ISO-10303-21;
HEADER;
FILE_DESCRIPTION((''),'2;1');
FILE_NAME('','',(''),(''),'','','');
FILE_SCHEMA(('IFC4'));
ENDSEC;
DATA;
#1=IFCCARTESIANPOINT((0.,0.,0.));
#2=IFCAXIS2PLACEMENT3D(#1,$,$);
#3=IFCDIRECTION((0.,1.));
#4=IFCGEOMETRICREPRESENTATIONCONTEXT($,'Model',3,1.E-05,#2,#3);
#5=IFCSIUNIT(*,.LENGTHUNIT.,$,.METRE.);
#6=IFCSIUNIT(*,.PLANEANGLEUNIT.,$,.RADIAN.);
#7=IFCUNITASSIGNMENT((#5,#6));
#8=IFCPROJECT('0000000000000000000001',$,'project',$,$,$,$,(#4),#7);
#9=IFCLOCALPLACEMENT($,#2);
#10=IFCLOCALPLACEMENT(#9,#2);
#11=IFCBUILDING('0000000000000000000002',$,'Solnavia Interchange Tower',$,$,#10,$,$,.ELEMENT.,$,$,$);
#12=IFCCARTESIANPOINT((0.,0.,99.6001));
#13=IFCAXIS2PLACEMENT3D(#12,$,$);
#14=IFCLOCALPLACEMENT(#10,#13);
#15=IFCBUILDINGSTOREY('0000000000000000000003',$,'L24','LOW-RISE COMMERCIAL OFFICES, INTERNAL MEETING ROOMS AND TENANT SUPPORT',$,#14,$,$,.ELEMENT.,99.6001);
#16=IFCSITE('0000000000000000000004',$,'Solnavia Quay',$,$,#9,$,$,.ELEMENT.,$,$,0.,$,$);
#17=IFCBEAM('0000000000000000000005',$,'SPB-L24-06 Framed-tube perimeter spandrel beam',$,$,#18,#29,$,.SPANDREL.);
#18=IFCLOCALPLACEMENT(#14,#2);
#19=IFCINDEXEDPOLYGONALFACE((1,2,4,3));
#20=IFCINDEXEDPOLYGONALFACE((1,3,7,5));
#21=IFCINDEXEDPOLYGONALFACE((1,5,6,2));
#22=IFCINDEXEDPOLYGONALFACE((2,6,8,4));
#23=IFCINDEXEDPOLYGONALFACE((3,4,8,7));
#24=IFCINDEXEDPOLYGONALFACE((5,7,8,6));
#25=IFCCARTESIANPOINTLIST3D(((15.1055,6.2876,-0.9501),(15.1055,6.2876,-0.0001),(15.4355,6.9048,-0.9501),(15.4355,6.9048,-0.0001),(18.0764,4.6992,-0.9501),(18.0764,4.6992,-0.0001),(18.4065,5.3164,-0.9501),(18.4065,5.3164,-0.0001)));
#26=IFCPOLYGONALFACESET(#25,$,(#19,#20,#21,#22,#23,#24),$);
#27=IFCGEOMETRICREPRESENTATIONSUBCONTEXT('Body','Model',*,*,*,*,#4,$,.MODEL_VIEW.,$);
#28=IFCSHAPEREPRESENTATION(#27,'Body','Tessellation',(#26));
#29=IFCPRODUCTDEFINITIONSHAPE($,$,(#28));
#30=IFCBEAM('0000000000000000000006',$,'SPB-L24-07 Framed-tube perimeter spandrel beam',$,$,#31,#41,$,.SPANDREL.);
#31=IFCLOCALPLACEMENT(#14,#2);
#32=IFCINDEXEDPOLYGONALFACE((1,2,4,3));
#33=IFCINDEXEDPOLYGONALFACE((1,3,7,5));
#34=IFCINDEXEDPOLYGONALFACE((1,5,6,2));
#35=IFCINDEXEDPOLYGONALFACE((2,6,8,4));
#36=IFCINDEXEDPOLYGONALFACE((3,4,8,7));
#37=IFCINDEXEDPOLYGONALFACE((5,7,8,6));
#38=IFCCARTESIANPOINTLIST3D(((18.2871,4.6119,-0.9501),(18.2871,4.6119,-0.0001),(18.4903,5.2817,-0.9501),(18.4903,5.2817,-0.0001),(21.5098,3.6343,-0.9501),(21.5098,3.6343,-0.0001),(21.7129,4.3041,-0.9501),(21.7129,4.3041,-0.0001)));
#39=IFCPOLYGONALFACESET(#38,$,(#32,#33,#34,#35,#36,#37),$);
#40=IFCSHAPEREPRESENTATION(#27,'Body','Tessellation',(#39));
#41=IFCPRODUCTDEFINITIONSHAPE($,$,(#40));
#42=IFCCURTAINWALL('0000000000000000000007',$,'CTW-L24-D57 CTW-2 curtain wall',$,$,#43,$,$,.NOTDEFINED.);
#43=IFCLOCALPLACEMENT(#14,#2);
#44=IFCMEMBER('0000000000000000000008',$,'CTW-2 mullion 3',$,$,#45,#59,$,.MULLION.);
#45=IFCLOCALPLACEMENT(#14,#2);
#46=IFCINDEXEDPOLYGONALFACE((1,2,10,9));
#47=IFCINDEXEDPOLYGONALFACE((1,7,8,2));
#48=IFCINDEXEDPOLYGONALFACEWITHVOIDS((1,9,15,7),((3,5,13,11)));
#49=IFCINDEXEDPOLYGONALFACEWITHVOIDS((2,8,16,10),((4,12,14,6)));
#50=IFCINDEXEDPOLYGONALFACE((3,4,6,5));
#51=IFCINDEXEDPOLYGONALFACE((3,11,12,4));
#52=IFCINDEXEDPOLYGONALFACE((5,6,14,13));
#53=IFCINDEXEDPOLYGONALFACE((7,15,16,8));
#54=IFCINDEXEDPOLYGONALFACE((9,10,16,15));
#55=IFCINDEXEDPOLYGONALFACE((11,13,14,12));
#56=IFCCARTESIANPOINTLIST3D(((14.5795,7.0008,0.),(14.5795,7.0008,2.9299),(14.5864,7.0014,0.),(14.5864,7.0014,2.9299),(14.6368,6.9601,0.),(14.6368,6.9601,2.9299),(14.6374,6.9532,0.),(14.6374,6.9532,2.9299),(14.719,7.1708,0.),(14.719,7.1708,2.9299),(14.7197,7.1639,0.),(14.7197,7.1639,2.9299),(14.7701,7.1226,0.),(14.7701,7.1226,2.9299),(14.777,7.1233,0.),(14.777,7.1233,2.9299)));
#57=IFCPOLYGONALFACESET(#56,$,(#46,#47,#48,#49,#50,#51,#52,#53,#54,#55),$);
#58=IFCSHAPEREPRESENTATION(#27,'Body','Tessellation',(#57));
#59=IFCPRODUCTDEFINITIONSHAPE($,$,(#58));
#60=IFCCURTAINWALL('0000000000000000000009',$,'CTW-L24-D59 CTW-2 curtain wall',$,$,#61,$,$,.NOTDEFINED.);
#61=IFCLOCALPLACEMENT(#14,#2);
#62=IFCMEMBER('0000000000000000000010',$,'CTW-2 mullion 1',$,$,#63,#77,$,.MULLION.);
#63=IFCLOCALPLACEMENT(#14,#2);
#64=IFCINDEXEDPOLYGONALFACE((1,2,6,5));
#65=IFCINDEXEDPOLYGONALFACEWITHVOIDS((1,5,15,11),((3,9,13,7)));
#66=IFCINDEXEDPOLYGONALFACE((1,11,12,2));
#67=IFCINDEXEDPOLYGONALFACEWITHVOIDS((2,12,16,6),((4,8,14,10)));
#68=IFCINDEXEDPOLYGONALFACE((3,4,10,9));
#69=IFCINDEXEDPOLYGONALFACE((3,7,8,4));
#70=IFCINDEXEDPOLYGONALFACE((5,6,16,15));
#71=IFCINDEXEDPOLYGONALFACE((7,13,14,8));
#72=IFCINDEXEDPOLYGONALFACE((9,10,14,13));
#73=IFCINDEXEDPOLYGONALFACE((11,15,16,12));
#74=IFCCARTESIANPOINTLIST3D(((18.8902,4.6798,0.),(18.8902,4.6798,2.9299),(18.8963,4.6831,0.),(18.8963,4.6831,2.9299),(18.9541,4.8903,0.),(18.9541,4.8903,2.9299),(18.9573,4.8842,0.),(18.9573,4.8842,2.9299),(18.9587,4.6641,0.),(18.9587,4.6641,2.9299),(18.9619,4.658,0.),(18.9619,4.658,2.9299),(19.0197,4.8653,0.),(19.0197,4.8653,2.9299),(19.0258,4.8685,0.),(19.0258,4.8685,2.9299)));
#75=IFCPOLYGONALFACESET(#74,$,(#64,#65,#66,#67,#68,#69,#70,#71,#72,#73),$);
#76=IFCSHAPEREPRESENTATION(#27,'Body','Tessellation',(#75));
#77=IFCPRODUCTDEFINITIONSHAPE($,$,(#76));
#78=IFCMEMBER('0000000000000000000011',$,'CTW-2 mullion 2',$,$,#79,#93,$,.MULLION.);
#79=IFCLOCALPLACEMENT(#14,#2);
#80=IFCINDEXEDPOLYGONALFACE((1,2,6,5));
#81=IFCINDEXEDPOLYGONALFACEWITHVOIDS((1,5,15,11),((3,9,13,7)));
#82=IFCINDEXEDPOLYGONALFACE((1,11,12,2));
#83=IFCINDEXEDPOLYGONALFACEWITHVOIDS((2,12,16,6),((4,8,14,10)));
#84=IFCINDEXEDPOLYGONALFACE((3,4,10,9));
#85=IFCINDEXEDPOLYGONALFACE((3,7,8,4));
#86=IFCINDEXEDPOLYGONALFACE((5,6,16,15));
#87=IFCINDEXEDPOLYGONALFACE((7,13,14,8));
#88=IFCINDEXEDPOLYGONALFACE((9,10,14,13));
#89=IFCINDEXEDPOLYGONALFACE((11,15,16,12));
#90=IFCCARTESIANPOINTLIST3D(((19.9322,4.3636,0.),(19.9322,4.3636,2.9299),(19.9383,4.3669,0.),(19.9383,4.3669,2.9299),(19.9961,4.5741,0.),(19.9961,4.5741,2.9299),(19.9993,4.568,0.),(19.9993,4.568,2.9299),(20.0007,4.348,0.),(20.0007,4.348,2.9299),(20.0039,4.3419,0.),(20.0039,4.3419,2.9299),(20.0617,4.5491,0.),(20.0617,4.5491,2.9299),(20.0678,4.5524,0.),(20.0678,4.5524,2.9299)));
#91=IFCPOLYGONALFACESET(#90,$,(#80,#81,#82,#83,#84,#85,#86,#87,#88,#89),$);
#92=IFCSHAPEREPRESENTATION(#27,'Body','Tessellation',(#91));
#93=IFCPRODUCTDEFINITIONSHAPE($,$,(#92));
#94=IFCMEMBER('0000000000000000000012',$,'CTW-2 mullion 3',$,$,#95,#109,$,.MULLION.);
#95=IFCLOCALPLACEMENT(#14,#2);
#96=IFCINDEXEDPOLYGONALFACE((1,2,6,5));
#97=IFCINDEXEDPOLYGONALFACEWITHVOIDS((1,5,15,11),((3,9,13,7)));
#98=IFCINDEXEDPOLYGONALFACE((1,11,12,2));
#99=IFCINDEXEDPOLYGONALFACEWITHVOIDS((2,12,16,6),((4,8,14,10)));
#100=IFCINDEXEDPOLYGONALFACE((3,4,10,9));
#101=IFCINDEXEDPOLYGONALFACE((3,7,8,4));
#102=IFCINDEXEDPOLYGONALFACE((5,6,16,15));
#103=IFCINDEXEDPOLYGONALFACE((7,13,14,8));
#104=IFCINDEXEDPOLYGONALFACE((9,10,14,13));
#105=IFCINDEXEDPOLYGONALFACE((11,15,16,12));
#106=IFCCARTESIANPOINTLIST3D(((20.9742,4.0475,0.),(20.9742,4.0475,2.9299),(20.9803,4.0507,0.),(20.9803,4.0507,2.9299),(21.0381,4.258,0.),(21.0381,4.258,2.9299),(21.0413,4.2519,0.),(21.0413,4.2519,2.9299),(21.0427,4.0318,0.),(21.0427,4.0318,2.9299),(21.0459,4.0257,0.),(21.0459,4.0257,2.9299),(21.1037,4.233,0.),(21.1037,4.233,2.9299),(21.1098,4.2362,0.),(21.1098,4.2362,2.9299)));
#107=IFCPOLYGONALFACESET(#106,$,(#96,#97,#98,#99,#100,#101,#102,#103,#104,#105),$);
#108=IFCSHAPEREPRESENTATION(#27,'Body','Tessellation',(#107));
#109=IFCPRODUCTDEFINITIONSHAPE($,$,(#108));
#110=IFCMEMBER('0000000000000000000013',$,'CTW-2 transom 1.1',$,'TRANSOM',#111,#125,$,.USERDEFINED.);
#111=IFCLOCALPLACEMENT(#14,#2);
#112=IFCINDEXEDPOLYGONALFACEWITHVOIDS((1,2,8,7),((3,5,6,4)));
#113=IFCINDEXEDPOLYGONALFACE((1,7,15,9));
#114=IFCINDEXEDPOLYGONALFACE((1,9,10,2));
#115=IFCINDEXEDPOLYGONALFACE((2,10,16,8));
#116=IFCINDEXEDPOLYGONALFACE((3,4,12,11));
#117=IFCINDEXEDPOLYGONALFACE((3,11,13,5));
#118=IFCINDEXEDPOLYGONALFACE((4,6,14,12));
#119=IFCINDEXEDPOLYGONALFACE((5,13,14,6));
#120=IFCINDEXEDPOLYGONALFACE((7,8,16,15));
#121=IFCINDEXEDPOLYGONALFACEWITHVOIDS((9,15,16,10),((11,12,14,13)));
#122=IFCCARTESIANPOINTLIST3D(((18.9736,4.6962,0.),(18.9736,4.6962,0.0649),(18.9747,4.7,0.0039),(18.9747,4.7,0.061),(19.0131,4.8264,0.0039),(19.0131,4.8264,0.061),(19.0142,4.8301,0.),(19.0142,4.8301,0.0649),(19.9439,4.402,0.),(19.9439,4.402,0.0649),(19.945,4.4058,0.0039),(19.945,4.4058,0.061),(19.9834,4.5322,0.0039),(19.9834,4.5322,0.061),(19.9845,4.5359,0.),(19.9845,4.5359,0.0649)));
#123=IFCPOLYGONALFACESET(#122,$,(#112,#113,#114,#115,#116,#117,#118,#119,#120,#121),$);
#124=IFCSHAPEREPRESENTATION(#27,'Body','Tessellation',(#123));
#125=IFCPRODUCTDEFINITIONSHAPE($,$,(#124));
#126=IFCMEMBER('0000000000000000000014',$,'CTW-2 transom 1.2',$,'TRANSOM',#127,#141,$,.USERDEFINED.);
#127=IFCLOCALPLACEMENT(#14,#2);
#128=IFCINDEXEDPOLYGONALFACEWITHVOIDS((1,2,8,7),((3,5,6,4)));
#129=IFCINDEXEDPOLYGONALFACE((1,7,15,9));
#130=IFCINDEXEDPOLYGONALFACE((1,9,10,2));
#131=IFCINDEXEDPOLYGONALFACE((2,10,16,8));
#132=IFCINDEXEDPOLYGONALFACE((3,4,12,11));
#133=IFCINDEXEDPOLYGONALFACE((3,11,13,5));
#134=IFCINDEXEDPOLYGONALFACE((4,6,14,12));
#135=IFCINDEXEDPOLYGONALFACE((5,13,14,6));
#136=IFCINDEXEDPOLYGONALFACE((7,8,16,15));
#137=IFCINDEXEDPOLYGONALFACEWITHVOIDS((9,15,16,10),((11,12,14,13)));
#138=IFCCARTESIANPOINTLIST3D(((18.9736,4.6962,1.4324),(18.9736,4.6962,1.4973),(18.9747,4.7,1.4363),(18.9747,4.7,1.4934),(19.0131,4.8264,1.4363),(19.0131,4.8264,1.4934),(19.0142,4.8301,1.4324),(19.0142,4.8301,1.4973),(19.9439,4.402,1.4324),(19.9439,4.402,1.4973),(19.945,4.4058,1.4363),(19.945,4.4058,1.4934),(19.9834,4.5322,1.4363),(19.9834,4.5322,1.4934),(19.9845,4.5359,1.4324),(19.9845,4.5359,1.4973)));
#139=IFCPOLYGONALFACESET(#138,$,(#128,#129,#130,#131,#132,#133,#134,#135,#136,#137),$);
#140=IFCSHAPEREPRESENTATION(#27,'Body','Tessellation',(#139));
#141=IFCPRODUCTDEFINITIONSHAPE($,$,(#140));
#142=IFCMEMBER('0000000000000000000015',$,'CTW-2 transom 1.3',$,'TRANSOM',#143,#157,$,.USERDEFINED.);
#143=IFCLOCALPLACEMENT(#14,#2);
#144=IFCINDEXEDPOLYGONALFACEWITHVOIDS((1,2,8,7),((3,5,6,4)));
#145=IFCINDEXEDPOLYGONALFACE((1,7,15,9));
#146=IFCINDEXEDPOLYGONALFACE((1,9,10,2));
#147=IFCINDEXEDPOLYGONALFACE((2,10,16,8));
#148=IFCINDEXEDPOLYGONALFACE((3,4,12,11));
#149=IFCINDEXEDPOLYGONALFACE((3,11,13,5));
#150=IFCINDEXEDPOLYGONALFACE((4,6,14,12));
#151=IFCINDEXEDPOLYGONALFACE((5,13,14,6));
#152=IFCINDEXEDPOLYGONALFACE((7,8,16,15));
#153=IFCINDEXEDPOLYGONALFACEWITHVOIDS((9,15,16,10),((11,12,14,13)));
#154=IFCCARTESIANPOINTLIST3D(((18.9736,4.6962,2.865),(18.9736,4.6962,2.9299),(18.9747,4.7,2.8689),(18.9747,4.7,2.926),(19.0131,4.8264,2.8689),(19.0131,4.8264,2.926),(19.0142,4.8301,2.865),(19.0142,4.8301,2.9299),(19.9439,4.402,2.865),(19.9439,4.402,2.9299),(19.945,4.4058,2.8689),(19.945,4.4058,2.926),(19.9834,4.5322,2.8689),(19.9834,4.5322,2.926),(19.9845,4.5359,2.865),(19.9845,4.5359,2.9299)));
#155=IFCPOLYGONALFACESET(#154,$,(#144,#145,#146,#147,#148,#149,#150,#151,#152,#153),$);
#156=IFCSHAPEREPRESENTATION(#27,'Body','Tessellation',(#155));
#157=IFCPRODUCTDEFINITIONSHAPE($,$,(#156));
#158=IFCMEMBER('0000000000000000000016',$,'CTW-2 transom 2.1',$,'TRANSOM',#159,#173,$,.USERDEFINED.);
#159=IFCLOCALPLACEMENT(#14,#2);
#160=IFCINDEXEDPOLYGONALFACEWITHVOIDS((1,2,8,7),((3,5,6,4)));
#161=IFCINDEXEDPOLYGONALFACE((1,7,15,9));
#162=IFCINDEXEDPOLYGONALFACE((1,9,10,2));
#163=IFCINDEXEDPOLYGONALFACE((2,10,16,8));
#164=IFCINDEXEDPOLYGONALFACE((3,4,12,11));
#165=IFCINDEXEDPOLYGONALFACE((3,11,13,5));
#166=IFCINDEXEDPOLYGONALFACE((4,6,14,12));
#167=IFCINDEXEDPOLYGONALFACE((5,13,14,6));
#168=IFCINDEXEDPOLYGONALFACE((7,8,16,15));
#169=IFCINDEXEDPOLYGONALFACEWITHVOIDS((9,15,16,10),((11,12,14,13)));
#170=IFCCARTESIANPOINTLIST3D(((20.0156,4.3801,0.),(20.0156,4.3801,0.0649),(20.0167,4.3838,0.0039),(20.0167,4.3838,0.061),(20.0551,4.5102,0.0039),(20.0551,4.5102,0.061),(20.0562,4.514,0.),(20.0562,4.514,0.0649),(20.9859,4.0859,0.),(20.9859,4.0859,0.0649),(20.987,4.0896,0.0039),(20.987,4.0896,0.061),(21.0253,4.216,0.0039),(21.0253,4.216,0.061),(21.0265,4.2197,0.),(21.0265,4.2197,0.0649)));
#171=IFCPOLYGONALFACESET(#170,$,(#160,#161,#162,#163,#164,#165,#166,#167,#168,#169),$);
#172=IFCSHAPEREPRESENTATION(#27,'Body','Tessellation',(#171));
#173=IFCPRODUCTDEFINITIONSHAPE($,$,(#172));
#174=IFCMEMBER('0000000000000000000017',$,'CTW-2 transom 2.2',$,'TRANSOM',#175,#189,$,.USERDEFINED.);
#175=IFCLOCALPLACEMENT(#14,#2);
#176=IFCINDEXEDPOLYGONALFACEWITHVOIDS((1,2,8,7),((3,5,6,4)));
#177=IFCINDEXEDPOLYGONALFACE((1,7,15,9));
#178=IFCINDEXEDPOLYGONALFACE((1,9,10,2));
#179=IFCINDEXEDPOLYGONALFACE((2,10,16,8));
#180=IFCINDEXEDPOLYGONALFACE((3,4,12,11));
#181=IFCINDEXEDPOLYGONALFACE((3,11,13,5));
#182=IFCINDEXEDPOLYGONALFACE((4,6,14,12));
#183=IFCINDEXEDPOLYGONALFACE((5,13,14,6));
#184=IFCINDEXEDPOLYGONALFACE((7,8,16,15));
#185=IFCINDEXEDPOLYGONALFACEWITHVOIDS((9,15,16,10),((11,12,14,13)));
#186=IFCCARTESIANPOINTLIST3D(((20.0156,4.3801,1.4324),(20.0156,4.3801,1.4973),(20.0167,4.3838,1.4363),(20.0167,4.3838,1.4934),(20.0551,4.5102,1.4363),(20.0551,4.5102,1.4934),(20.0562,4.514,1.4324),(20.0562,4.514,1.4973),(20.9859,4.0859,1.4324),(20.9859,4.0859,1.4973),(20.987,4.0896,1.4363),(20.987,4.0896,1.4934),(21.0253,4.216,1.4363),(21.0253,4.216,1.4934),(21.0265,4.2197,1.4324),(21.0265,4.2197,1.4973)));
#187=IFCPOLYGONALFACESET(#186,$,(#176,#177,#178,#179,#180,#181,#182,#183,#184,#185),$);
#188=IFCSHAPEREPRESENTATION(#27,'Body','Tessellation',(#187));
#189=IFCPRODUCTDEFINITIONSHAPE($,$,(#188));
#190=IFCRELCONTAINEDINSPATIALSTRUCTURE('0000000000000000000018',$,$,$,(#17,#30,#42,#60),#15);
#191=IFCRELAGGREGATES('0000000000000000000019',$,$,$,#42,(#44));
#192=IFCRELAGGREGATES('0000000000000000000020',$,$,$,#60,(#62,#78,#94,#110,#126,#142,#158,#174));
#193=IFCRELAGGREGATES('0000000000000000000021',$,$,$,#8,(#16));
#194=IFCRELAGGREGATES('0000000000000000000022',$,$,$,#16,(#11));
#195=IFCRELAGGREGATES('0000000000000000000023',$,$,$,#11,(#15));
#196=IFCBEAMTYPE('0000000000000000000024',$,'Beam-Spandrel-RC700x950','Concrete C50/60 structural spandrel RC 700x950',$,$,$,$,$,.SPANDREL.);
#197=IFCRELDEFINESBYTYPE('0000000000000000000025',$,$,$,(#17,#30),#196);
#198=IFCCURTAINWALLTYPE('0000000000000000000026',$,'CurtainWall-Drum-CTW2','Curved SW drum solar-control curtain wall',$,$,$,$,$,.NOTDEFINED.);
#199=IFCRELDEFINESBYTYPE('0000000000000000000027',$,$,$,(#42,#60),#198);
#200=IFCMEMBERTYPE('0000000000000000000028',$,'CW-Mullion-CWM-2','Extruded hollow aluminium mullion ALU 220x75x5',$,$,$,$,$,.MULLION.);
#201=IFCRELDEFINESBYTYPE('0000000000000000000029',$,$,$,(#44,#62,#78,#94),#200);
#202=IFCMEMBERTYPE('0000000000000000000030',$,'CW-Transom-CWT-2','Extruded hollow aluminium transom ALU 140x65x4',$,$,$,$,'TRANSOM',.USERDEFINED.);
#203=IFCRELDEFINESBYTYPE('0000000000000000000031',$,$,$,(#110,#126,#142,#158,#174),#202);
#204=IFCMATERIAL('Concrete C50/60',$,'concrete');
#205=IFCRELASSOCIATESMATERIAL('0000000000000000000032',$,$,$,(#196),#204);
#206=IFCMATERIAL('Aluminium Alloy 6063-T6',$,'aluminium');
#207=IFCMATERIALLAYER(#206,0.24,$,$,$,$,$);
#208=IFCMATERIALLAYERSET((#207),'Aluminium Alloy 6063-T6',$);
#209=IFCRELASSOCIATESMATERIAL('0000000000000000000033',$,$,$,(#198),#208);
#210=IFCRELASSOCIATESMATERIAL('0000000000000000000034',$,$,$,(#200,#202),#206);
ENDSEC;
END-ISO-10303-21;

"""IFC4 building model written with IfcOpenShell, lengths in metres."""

from ifc_helpers import new_model, si_unit, direction, frame, origin, origin_2d, place, context, subcontext, project, spatial, rectangle, hollow_rectangle, extrude, material, layer, layer_set, material_profile, profile_set, type_object, element, aggregate, save


model = new_model("IFC4")

# Units and contexts
model_context = context("Model", 3, precision=1e-05, world=origin(), true_north=direction((0.0, 1.0)))
body_context = subcontext(model_context, "Body", "Model", "MODEL_VIEW")
ifc_project = project(units=[si_unit("LENGTHUNIT", "METRE"), si_unit("PLANEANGLEUNIT", "RADIAN")], contexts=[model_context])

# Site, building, storey
site_placement = place(None, origin())
site = spatial("IfcSite", under=ifc_project, at=site_placement, Name="Solnavia Quay", CompositionType="ELEMENT", RefElevation=0.0)
building_placement = place(site_placement, origin())
building = spatial("IfcBuilding", under=site, at=building_placement, Name="Solnavia Interchange Tower", CompositionType="ELEMENT")
storey_placement = place(building_placement, frame((0.0, 0.0, 99.6001)))
storey = spatial("IfcBuildingStorey", under=building, at=storey_placement, Name="L24", Description="LOW-RISE COMMERCIAL OFFICES, INTERNAL MEETING ROOMS AND TENANT SUPPORT", CompositionType="ELEMENT", Elevation=99.6001)

# Beams
ifc_material_1 = material(Name="Concrete C50/60", Category="concrete")
ifc_material_profile_1 = material_profile(ifc_material_1, rectangle(XDim=0.7, YDim=0.95, at=origin_2d()), Name="RC 700x950")
ifc_profile_set_1 = profile_set([ifc_material_profile_1], Name="Concrete C50/60")
beam_type_1 = type_object("IfcBeamType", Name="Beam-Spandrel-RC700x950", Description="Concrete C50/60 structural spandrel RC 700x950", PredefinedType="SPANDREL", material=ifc_profile_set_1)
beam_1_placement = place(storey_placement, frame((15.2705, 6.5962, -0.4751), z_axis=(0.881875, -0.471483, 0.0), x_axis=(0.471483, 0.881875, 0.0)))
element("IfcBeam", 1, at=beam_1_placement, inside=storey, type_object=beam_type_1, Name="SPB-L24-06 Framed-tube perimeter spandrel beam", PredefinedType="SPANDREL", context=body_context, shape_type="SweptSolid", body=[
    extrude(rectangle(XDim=0.7, YDim=0.95, at=origin_2d()), origin(), (0.0, 0.0, 1.0), 3.3689),
])
beam_2_placement = place(storey_placement, frame((18.3887, 4.9468, -0.4751), z_axis=(0.956944, -0.290273, 0.0), x_axis=(0.290273, 0.956944, 0.0)))
element("IfcBeam", 2, at=beam_2_placement, inside=storey, type_object=beam_type_1, Name="SPB-L24-07 Framed-tube perimeter spandrel beam", PredefinedType="SPANDREL", context=body_context, shape_type="SweptSolid", body=[
    extrude(rectangle(XDim=0.7, YDim=0.95, at=origin_2d()), origin(), (0.0, 0.0, 1.0), 3.3677),
])

# Curtain wall, member
ifc_material_2 = material(Name="Aluminium Alloy 6063-T6", Category="aluminium")
ifc_layer_1 = layer(ifc_material_2, 0.24)
ifc_layer_set_1 = layer_set([ifc_layer_1], Name="Aluminium Alloy 6063-T6")
curtain_wall_type = type_object("IfcCurtainWallType", Name="CurtainWall-Drum-CTW2", Description="Curved SW drum solar-control curtain wall", PredefinedType="NOTDEFINED", material=ifc_layer_set_1)
curtain_wall_1_placement = place(storey_placement, origin())
curtain_wall_1 = element("IfcCurtainWall", 3, at=curtain_wall_1_placement, inside=storey, type_object=curtain_wall_type, Name="CTW-L24-D57 CTW-2 curtain wall", PredefinedType="NOTDEFINED")
ifc_material_profile_2 = material_profile(ifc_material_2, hollow_rectangle(XDim=0.075, YDim=0.22, WallThickness=0.0049, at=origin_2d()), Name="ALU 220x75x5")
ifc_profile_set_2 = profile_set([ifc_material_profile_2], Name="Aluminium Alloy 6063-T6")
member_type_1 = type_object("IfcMemberType", Name="CW-Mullion-CWM-2", Description="Extruded hollow aluminium mullion ALU 220x75x5", PredefinedType="MULLION", material=ifc_profile_set_2)
member_1_placement = place(storey_placement, frame((14.6782, 7.062, 0.0), z_axis=(0.0, 0.0, 1.0), x_axis=(0.773095, -0.634291, 0.0)))
member_1 = element("IfcMember", 4, at=member_1_placement, type_object=member_type_1, Name="CTW-2 mullion 3", PredefinedType="MULLION", context=body_context, shape_type="SweptSolid", body=[
    extrude(hollow_rectangle(XDim=0.075, YDim=0.22, WallThickness=0.0049, at=origin_2d()), origin(), (0.0, 0.0, 1.0), 2.9299),
])

# Curtain wall, members
curtain_wall_2_placement = place(storey_placement, origin())
curtain_wall_2 = element("IfcCurtainWall", 5, at=curtain_wall_2_placement, inside=storey, type_object=curtain_wall_type, Name="CTW-L24-D59 CTW-2 curtain wall", PredefinedType="NOTDEFINED")
member_2_placement = place(storey_placement, frame((18.958, 4.7742, 0.0), z_axis=(0.0, 0.0, 1.0), x_axis=(0.956935, -0.290303, 0.0)))
member_2 = element("IfcMember", 6, at=member_2_placement, type_object=member_type_1, Name="CTW-2 mullion 1", PredefinedType="MULLION", context=body_context, shape_type="SweptSolid", body=[
    extrude(hollow_rectangle(XDim=0.075, YDim=0.22, WallThickness=0.0049, at=origin_2d()), origin(), (0.0, 0.0, 1.0), 2.9299),
])
member_3_placement = place(storey_placement, frame((20.0, 4.458, 0.0), z_axis=(0.0, 0.0, 1.0), x_axis=(0.956935, -0.290303, 0.0)))
member_3 = element("IfcMember", 7, at=member_3_placement, type_object=member_type_1, Name="CTW-2 mullion 2", PredefinedType="MULLION", context=body_context, shape_type="SweptSolid", body=[
    extrude(hollow_rectangle(XDim=0.075, YDim=0.22, WallThickness=0.0049, at=origin_2d()), origin(), (0.0, 0.0, 1.0), 2.9299),
])
member_4_placement = place(storey_placement, frame((21.042, 4.1418, 0.0), z_axis=(0.0, 0.0, 1.0), x_axis=(0.956935, -0.290303, 0.0)))
member_4 = element("IfcMember", 8, at=member_4_placement, type_object=member_type_1, Name="CTW-2 mullion 3", PredefinedType="MULLION", context=body_context, shape_type="SweptSolid", body=[
    extrude(hollow_rectangle(XDim=0.075, YDim=0.22, WallThickness=0.0049, at=origin_2d()), origin(), (0.0, 0.0, 1.0), 2.9299),
])
ifc_material_profile_3 = material_profile(ifc_material_2, hollow_rectangle(XDim=0.0649, YDim=0.1399, WallThickness=0.0039, at=origin_2d()), Name="ALU 140x65x4")
ifc_profile_set_3 = profile_set([ifc_material_profile_3], Name="Aluminium Alloy 6063-T6")
member_type_2 = type_object("IfcMemberType", Name="CW-Transom-CWT-2", Description="Extruded hollow aluminium transom ALU 140x65x4", ElementType="TRANSOM", PredefinedType="USERDEFINED", material=ifc_profile_set_3)
member_5_placement = place(storey_placement, frame((18.9939, 4.7632, 0.0325), z_axis=(0.956974, -0.290174, 0.0), x_axis=(0.0, 0.0, 1.0)))
member_5 = element("IfcMember", 9, at=member_5_placement, type_object=member_type_2, Name="CTW-2 transom 1.1", ObjectType="TRANSOM", PredefinedType="USERDEFINED", context=body_context, shape_type="SweptSolid", body=[
    extrude(hollow_rectangle(XDim=0.0649, YDim=0.1399, WallThickness=0.0039, at=origin_2d()), origin(), (0.0, 0.0, 1.0), 1.0139),
])
member_6_placement = place(storey_placement, frame((18.9939, 4.7632, 1.4648), z_axis=(0.956974, -0.290174, 0.0), x_axis=(0.0, 0.0, 1.0)))
member_6 = element("IfcMember", 10, at=member_6_placement, type_object=member_type_2, Name="CTW-2 transom 1.2", ObjectType="TRANSOM", PredefinedType="USERDEFINED", context=body_context, shape_type="SweptSolid", body=[
    extrude(hollow_rectangle(XDim=0.0649, YDim=0.1399, WallThickness=0.0039, at=origin_2d()), origin(), (0.0, 0.0, 1.0), 1.0139),
])
member_7_placement = place(storey_placement, frame((18.9939, 4.7632, 2.8975), z_axis=(0.956974, -0.290174, 0.0), x_axis=(0.0, 0.0, 1.0)))
member_7 = element("IfcMember", 11, at=member_7_placement, type_object=member_type_2, Name="CTW-2 transom 1.3", ObjectType="TRANSOM", PredefinedType="USERDEFINED", context=body_context, shape_type="SweptSolid", body=[
    extrude(hollow_rectangle(XDim=0.0649, YDim=0.1399, WallThickness=0.0039, at=origin_2d()), origin(), (0.0, 0.0, 1.0), 1.0139),
])
member_8_placement = place(storey_placement, frame((20.0359, 4.447, 0.0325), z_axis=(0.956974, -0.290174, 0.0), x_axis=(0.0, 0.0, 1.0)))
member_8 = element("IfcMember", 12, at=member_8_placement, type_object=member_type_2, Name="CTW-2 transom 2.1", ObjectType="TRANSOM", PredefinedType="USERDEFINED", context=body_context, shape_type="SweptSolid", body=[
    extrude(hollow_rectangle(XDim=0.0649, YDim=0.1399, WallThickness=0.0039, at=origin_2d()), origin(), (0.0, 0.0, 1.0), 1.0139),
])
member_9_placement = place(storey_placement, frame((20.0359, 4.447, 1.4648), z_axis=(0.956974, -0.290174, 0.0), x_axis=(0.0, 0.0, 1.0)))
member_9 = element("IfcMember", 13, at=member_9_placement, type_object=member_type_2, Name="CTW-2 transom 2.2", ObjectType="TRANSOM", PredefinedType="USERDEFINED", context=body_context, shape_type="SweptSolid", body=[
    extrude(hollow_rectangle(XDim=0.0649, YDim=0.1399, WallThickness=0.0039, at=origin_2d()), origin(), (0.0, 0.0, 1.0), 1.0139),
])

aggregate(curtain_wall_1, [member_1])
aggregate(curtain_wall_2, [member_2, member_3, member_4, member_5, member_6, member_7, member_8, member_9])

save(model, "model.ifc")
